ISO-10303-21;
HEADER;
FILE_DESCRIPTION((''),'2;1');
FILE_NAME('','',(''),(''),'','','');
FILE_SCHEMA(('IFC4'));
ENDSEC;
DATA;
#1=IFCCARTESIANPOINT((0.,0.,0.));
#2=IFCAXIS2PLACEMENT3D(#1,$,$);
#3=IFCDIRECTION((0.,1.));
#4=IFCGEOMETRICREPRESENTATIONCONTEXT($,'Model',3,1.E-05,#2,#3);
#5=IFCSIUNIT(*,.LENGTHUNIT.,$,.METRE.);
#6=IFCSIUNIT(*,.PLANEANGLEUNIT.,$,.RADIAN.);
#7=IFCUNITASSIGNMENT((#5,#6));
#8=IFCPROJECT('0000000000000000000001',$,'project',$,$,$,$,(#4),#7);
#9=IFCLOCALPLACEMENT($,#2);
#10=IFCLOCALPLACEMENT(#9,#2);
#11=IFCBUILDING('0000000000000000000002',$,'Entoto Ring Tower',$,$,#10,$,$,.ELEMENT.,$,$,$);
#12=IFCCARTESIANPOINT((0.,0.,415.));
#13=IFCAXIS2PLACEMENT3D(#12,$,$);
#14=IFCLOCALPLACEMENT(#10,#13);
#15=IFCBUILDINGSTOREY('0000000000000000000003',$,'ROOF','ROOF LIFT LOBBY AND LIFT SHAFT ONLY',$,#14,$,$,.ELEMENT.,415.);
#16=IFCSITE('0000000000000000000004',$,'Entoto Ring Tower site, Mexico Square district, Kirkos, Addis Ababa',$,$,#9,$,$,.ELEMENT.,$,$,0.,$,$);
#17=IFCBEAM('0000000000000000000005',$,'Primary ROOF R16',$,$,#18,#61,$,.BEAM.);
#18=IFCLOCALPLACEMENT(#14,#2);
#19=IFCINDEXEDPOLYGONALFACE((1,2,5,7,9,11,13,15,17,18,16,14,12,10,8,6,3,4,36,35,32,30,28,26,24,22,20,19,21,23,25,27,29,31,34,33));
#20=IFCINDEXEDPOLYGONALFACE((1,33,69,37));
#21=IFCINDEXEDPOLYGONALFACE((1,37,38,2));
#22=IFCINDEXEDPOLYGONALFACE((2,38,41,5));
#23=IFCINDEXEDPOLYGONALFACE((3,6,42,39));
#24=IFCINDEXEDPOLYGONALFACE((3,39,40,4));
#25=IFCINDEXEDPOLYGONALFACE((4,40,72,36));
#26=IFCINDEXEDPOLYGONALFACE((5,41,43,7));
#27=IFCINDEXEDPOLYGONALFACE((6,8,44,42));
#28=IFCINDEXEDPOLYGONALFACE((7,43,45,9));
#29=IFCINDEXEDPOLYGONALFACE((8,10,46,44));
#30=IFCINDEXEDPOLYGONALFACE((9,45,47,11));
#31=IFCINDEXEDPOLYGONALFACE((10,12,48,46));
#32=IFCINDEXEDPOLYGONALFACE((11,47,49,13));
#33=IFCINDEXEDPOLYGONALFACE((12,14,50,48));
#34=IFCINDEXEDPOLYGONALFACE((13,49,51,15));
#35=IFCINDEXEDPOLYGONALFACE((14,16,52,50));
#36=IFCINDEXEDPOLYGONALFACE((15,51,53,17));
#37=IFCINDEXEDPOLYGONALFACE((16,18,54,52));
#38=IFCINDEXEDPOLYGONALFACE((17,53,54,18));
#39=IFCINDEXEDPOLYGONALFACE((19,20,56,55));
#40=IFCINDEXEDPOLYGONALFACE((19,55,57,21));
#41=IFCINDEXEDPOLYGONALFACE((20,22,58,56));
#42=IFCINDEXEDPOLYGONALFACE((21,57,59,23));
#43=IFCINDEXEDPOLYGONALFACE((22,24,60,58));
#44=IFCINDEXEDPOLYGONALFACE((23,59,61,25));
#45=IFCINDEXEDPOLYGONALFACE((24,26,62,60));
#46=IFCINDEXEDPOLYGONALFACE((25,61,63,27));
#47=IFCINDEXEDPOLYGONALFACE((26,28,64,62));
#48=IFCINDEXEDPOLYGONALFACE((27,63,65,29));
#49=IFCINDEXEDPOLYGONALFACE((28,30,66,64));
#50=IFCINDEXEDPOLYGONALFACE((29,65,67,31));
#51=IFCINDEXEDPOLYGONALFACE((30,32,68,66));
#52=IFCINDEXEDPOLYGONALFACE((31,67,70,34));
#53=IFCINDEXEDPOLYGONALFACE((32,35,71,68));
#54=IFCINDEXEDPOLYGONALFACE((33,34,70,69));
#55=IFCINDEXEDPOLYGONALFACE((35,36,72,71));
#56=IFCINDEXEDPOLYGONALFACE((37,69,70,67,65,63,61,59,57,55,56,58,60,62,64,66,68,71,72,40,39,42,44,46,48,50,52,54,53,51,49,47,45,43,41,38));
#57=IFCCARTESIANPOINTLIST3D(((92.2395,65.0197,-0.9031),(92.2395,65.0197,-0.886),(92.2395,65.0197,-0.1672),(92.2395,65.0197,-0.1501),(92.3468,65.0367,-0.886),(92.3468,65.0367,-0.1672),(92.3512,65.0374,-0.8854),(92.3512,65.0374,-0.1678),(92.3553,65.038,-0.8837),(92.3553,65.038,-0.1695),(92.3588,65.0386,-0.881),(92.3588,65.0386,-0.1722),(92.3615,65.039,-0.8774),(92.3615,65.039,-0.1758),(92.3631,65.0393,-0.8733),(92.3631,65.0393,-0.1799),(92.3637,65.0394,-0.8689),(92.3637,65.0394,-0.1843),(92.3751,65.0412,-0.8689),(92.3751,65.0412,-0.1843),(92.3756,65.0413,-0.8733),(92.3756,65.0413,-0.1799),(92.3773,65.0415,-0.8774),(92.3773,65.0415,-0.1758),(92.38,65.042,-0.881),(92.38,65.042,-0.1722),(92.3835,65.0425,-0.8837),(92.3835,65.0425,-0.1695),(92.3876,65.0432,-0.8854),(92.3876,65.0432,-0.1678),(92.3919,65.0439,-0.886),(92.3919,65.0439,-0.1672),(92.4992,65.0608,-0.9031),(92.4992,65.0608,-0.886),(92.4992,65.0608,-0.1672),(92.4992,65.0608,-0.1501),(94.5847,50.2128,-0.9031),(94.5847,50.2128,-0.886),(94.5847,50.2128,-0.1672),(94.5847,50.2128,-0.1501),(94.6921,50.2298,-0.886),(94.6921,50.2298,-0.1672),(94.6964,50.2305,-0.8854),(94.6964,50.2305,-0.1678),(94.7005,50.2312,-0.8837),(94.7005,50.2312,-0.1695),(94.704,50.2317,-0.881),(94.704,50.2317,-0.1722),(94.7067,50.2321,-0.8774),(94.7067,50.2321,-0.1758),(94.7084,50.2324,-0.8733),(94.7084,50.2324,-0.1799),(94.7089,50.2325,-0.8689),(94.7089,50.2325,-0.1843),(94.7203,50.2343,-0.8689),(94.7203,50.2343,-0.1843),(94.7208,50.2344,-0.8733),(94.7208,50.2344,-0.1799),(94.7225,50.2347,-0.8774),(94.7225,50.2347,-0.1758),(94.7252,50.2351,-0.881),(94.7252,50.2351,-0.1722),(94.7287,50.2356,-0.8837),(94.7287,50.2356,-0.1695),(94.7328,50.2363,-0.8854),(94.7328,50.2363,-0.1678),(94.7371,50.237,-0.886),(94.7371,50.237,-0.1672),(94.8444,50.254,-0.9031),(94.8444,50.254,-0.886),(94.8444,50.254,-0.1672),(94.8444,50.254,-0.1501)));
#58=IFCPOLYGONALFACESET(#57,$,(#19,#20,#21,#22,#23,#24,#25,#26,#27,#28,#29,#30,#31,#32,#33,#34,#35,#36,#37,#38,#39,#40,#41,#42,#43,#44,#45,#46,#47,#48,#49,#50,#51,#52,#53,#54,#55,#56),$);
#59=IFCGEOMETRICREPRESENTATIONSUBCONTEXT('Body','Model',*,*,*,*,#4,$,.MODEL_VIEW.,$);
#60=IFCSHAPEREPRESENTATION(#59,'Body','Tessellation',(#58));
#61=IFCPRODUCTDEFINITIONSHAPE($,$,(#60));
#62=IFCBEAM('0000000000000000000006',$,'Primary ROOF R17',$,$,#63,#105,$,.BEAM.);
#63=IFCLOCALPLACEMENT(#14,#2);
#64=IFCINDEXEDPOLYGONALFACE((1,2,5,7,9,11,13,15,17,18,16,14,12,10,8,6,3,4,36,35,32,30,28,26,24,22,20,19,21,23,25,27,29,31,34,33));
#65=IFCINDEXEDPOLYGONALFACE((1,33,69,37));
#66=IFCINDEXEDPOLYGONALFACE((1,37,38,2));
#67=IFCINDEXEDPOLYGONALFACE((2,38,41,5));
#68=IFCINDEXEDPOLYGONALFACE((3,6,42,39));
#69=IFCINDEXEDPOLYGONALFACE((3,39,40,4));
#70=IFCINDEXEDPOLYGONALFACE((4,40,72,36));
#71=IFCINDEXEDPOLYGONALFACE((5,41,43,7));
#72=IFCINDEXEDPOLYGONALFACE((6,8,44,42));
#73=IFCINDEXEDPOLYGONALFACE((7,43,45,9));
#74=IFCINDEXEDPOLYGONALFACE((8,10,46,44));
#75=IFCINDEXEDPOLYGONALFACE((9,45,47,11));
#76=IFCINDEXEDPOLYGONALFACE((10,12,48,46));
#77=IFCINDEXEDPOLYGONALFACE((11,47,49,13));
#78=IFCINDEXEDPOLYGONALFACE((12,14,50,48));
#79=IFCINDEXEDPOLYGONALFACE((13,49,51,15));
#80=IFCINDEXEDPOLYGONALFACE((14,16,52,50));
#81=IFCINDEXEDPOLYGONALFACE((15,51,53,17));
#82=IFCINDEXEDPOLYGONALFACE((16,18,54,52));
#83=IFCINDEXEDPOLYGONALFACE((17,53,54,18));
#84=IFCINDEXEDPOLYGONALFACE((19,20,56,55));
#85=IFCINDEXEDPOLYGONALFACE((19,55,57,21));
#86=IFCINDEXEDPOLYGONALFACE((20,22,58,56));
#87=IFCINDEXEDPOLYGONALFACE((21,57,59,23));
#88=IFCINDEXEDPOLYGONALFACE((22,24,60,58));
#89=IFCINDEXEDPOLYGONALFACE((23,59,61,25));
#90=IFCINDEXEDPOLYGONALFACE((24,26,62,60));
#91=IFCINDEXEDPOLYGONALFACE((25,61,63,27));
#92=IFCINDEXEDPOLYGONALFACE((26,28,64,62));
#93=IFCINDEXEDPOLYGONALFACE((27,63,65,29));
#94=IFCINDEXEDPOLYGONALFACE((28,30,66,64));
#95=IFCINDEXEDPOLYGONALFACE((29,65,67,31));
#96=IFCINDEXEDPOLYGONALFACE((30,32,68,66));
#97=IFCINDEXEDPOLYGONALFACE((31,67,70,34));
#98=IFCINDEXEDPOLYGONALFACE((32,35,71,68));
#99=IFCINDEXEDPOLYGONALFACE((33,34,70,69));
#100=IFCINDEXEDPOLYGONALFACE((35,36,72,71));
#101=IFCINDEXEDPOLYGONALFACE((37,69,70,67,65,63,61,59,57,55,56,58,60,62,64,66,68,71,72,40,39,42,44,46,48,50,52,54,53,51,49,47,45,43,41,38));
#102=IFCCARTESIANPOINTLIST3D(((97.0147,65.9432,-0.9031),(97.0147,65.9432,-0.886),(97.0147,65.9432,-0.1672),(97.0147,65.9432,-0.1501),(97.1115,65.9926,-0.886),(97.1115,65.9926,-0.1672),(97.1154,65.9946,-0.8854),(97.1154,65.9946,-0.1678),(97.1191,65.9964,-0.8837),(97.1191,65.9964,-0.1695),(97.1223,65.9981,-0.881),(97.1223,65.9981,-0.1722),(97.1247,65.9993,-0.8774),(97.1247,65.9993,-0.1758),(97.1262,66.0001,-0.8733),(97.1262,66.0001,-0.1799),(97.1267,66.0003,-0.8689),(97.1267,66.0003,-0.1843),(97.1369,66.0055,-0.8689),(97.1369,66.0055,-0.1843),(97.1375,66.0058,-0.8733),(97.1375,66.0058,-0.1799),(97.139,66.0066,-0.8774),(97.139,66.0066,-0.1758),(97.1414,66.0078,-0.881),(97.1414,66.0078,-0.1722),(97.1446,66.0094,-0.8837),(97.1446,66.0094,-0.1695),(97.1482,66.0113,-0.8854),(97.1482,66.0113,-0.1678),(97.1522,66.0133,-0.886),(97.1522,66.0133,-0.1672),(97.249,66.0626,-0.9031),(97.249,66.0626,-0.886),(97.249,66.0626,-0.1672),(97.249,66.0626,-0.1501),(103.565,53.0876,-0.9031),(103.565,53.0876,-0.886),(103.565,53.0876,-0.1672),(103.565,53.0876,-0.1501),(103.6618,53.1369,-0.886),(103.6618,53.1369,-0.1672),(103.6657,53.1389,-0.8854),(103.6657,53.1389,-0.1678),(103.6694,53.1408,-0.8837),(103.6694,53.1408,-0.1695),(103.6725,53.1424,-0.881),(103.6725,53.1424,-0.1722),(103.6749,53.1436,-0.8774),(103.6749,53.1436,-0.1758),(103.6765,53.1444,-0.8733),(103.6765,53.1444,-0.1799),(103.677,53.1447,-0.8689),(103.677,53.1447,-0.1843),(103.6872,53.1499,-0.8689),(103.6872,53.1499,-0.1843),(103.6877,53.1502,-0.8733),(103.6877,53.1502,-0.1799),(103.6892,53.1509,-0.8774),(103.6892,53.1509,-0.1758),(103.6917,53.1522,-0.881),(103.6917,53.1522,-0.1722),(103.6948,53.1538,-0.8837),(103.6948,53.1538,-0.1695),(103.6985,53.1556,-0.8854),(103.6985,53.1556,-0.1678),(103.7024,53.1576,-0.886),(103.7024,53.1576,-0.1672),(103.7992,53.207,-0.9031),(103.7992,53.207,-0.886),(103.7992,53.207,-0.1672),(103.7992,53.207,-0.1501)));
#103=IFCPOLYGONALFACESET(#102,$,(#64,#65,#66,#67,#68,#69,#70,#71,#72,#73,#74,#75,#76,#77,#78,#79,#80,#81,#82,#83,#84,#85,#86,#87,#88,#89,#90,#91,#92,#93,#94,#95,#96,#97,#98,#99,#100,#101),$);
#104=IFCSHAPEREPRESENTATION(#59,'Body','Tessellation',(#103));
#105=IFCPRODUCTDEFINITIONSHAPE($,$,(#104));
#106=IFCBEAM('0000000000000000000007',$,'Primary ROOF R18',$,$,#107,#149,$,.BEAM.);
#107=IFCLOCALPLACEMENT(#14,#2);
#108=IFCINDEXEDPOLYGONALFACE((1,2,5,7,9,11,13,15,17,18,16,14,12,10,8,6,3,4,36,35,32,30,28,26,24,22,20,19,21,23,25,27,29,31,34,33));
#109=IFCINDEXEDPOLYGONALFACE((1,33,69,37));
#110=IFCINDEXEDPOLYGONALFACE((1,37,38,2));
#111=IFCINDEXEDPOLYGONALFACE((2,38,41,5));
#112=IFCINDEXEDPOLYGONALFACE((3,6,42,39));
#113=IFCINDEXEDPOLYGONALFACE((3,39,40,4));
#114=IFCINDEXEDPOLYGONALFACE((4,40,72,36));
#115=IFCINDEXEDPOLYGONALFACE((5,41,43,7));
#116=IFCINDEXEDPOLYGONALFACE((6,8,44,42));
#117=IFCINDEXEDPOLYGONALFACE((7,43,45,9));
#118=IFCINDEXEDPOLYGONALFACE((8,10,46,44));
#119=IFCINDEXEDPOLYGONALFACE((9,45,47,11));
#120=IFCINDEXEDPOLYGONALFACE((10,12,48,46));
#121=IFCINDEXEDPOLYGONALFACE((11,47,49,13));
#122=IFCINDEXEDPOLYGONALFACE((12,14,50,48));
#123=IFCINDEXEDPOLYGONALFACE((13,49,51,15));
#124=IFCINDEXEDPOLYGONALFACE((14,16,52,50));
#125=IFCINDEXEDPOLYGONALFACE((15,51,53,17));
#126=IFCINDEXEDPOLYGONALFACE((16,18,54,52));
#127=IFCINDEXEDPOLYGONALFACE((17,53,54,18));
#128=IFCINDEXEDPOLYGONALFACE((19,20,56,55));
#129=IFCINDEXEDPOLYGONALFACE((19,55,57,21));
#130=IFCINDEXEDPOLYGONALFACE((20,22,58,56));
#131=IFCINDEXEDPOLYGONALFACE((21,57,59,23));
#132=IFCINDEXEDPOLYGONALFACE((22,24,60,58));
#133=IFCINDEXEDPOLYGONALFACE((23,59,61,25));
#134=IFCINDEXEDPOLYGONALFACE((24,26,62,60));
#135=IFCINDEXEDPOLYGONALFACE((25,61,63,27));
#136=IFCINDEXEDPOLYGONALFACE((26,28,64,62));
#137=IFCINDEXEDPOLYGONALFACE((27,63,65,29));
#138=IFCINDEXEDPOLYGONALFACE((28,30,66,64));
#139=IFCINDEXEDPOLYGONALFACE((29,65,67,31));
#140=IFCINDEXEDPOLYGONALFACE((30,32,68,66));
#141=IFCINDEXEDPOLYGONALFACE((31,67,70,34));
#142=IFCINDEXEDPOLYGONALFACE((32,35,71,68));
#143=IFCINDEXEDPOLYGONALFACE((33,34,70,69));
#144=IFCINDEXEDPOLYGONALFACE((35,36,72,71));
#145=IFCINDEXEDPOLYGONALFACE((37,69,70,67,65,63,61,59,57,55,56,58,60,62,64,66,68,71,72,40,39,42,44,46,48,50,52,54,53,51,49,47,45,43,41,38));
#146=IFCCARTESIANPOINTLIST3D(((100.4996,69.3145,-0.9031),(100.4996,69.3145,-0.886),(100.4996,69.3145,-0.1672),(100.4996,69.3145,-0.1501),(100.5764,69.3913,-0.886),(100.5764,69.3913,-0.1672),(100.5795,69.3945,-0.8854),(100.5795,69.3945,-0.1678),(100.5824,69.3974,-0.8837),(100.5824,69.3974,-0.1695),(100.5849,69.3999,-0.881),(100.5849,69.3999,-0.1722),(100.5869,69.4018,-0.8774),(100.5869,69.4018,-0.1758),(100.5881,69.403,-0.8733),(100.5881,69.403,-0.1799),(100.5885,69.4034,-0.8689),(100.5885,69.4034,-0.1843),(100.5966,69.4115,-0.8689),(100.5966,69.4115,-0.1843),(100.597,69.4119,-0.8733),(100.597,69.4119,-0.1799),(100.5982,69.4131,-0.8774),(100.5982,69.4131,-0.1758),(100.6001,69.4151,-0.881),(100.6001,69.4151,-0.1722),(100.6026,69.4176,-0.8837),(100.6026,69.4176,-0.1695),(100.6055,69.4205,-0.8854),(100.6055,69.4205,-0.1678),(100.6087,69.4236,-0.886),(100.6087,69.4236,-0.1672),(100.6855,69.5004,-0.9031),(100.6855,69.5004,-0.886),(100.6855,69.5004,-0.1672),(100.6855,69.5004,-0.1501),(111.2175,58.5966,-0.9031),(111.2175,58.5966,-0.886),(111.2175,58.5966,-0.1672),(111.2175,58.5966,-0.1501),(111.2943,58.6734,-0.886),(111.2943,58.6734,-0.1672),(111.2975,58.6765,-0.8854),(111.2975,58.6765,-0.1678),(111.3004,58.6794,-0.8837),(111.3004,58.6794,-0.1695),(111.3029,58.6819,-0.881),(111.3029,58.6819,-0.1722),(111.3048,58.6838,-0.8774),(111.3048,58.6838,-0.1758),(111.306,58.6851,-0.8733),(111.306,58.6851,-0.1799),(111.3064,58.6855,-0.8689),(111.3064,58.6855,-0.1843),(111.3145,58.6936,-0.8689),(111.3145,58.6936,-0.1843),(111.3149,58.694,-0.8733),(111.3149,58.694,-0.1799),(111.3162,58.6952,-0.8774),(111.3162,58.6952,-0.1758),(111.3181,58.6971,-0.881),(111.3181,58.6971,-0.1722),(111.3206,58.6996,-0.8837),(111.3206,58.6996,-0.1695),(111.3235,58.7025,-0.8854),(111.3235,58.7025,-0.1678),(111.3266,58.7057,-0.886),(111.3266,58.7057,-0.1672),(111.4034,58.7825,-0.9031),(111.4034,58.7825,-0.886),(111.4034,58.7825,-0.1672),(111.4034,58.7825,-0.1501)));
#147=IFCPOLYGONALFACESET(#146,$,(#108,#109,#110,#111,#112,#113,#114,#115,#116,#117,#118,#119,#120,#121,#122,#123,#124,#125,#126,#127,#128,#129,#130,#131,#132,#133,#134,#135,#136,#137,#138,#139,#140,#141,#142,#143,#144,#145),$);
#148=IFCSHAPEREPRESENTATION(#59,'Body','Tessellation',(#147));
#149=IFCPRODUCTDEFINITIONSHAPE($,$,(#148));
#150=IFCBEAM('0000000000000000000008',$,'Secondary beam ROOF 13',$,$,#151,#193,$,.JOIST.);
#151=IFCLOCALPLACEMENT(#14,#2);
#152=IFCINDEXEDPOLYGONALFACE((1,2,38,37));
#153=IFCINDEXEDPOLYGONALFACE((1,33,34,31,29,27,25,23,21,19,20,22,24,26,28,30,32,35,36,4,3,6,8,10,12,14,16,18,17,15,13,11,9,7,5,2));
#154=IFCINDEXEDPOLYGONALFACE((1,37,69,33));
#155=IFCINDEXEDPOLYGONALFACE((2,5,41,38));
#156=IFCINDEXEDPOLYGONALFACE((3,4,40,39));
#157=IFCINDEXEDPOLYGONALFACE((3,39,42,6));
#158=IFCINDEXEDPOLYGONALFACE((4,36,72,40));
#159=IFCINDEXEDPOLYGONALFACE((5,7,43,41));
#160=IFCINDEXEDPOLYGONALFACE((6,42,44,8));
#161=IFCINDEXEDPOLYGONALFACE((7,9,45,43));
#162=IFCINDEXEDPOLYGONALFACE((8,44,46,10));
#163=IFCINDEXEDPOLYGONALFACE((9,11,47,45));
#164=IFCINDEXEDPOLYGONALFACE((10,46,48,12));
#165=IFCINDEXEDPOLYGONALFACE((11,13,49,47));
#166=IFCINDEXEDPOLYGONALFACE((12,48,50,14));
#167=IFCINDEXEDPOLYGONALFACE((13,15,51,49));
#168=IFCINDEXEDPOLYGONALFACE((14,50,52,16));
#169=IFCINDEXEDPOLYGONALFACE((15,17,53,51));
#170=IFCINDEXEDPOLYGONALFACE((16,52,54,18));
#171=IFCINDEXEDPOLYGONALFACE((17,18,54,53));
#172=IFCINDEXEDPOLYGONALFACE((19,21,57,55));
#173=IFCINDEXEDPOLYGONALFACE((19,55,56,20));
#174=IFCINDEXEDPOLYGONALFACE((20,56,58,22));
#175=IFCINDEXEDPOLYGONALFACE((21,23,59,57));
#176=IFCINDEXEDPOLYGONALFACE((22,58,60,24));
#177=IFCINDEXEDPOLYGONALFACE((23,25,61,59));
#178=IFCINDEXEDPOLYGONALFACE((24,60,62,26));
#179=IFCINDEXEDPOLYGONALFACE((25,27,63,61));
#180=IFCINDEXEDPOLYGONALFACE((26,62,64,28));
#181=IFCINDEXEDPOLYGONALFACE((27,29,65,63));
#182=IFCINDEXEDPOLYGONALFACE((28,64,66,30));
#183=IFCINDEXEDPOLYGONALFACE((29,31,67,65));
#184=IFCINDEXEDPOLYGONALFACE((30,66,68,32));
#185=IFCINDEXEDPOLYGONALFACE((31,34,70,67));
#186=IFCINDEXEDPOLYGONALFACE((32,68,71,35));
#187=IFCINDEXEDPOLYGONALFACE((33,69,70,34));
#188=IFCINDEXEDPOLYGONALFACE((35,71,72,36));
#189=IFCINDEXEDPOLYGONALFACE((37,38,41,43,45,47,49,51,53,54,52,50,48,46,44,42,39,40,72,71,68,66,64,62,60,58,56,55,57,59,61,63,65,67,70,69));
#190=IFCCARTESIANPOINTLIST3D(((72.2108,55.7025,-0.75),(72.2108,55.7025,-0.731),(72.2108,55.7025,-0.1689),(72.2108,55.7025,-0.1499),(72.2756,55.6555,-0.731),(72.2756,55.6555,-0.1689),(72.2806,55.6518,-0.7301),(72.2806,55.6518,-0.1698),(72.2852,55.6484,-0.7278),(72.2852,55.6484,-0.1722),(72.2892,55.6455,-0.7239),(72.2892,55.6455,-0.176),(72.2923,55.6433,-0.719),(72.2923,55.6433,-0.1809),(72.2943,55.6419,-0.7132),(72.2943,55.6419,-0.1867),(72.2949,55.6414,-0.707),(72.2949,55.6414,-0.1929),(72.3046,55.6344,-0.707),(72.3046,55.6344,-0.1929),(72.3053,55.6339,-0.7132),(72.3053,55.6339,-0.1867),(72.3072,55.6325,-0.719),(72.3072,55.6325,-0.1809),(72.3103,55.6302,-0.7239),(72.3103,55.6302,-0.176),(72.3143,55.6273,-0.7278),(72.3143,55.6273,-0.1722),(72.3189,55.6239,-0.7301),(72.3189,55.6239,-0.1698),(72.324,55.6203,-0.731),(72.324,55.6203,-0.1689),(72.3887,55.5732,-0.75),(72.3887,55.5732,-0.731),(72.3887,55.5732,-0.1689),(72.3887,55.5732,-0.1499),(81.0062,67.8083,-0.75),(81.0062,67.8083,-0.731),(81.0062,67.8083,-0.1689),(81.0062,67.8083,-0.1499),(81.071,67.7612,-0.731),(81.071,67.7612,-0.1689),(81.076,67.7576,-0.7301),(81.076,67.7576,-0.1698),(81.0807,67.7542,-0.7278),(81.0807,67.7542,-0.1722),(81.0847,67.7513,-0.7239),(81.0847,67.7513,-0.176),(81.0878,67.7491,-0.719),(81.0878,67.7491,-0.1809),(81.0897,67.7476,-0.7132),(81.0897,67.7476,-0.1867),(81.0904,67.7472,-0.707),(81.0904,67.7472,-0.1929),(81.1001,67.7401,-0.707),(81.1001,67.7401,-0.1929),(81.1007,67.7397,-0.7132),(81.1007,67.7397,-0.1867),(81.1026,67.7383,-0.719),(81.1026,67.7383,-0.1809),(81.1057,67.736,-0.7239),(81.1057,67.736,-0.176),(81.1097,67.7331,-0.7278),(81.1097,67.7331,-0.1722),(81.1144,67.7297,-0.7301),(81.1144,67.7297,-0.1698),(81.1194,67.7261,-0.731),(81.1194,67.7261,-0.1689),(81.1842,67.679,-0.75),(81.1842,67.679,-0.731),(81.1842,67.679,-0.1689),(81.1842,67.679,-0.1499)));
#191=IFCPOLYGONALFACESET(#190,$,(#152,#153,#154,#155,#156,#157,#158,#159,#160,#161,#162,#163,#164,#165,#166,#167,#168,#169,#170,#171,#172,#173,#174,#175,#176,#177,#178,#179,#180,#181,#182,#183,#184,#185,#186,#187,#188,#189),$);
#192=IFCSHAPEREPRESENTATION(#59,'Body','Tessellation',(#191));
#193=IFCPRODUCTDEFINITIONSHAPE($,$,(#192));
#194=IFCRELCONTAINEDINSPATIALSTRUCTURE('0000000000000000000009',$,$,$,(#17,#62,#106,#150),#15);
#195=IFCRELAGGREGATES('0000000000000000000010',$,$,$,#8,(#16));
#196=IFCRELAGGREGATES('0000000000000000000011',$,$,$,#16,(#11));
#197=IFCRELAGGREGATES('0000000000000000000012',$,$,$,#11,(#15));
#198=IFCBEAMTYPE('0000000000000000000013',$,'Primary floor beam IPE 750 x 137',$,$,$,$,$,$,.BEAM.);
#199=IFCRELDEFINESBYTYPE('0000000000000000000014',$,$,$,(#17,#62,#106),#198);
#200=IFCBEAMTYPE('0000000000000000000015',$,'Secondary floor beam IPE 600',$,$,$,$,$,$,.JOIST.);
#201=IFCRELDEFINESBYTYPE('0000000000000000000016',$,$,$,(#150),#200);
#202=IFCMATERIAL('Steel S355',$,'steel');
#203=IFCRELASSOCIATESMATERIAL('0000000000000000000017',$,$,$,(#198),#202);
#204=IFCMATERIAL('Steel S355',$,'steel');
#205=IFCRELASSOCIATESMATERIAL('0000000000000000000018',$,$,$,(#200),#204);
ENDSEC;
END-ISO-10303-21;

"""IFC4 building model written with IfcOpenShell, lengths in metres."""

from ifc_helpers import new_model, si_unit, direction, frame, origin, origin_2d, place, context, subcontext, project, spatial, i_section, extrude, material, material_profile, profile_set, type_object, element, save


model = new_model("IFC4")

# Units and contexts
model_context = context("Model", 3, precision=1e-05, world=origin(), true_north=direction((0.0, 1.0)))
body_context = subcontext(model_context, "Body", "Model", "MODEL_VIEW")
ifc_project = project(units=[si_unit("LENGTHUNIT", "METRE"), si_unit("PLANEANGLEUNIT", "RADIAN")], contexts=[model_context])

# Site, building, storey
site_placement = place(None, origin())
site = spatial("IfcSite", under=ifc_project, at=site_placement, Name="Entoto Ring Tower site, Mexico Square district, Kirkos, Addis Ababa", CompositionType="ELEMENT", RefElevation=0.0)
building_placement = place(site_placement, origin())
building = spatial("IfcBuilding", under=site, at=building_placement, Name="Entoto Ring Tower", CompositionType="ELEMENT")
storey_placement = place(building_placement, frame((0.0, 0.0, 415.0)))
storey = spatial("IfcBuildingStorey", under=building, at=storey_placement, Name="ROOF", Description="ROOF LIFT LOBBY AND LIFT SHAFT ONLY", CompositionType="ELEMENT", Elevation=415.0)

# Beams
ifc_material_1 = material(Name="Steel S355", Category="steel")
ifc_material_profile_1 = material_profile(ifc_material_1, i_section(OverallWidth=0.2629, OverallDepth=0.7529, WebThickness=0.0115, FlangeThickness=0.0171, FilletRadius=0.0171, at=origin_2d()), Name="IPE 750 x 137")
ifc_profile_set_1 = profile_set([ifc_material_profile_1], Name="Steel S355")
beam_type_1 = type_object("IfcBeamType", Name="Primary floor beam IPE 750 x 137", PredefinedType="BEAM", material=ifc_profile_set_1)
for number, where, z_axis, x_axis, name in (
    (1, (92.3694, 65.0403, -0.5266), (0.156437, -0.987688, 0.0), (0.987688, 0.156437, 0.0), "Primary ROOF R16"),
):
    element("IfcBeam", number, at=place(storey_placement, frame(where, z_axis=z_axis, x_axis=x_axis)), inside=storey, type_object=beam_type_1, Name=name, PredefinedType="BEAM", context=body_context, shape_type="SweptSolid", body=[
        extrude(i_section(OverallWidth=0.2629, OverallDepth=0.7529, WebThickness=0.0115, FlangeThickness=0.0171, FilletRadius=0.0171, at=origin_2d()), origin(), (0.0, 0.0, 1.0), 14.9915),
    ])
beam_1_placement = place(storey_placement, frame((97.1318, 66.0029, -0.5266), z_axis=(0.453989, -0.891007, 0.0), x_axis=(0.891007, 0.453989, 0.0)))
element("IfcBeam", 2, at=beam_1_placement, inside=storey, type_object=beam_type_1, Name="Primary ROOF R17", PredefinedType="BEAM", context=body_context, shape_type="SweptSolid", body=[
    extrude(i_section(OverallWidth=0.2629, OverallDepth=0.7529, WebThickness=0.0115, FlangeThickness=0.0171, FilletRadius=0.0171, at=origin_2d()), origin(), (0.0, 0.0, 1.0), 14.4282),
])
beam_2_placement = place(storey_placement, frame((100.5925, 69.4075, -0.5266), z_axis=(0.707107, -0.707107, 0.0), x_axis=(0.707107, 0.707107, 0.0)))
element("IfcBeam", 3, at=beam_2_placement, inside=storey, type_object=beam_type_1, Name="Primary ROOF R18", PredefinedType="BEAM", context=body_context, shape_type="SweptSolid", body=[
    extrude(i_section(OverallWidth=0.2629, OverallDepth=0.7529, WebThickness=0.0115, FlangeThickness=0.0171, FilletRadius=0.0171, at=origin_2d()), origin(), (0.0, 0.0, 1.0), 15.1575),
])
ifc_material_2 = material(Name="Steel S355", Category="steel")
ifc_material_profile_2 = material_profile(ifc_material_2, i_section(OverallWidth=0.22, OverallDepth=0.6001, WebThickness=0.012, FlangeThickness=0.019, FilletRadius=0.0239, at=origin_2d()), Name="IPE 600")
ifc_profile_set_2 = profile_set([ifc_material_profile_2], Name="Steel S355")
beam_type_2 = type_object("IfcBeamType", Name="Secondary floor beam IPE 600", PredefinedType="JOIST", material=ifc_profile_set_2)
beam_3_placement = place(storey_placement, frame((81.0952, 67.7437, -0.45), z_axis=(-0.587789, -0.809014, 0.0), x_axis=(0.809014, -0.587789, 0.0)))
element("IfcBeam", 4, at=beam_3_placement, inside=storey, type_object=beam_type_2, Name="Secondary beam ROOF 13", PredefinedType="JOIST", context=body_context, shape_type="SweptSolid", body=[
    extrude(i_section(OverallWidth=0.22, OverallDepth=0.6001, WebThickness=0.012, FlangeThickness=0.019, FilletRadius=0.0239, at=origin_2d()), origin(), (0.0, 0.0, 1.0), 14.9636),
])

save(model, "model.ifc")
